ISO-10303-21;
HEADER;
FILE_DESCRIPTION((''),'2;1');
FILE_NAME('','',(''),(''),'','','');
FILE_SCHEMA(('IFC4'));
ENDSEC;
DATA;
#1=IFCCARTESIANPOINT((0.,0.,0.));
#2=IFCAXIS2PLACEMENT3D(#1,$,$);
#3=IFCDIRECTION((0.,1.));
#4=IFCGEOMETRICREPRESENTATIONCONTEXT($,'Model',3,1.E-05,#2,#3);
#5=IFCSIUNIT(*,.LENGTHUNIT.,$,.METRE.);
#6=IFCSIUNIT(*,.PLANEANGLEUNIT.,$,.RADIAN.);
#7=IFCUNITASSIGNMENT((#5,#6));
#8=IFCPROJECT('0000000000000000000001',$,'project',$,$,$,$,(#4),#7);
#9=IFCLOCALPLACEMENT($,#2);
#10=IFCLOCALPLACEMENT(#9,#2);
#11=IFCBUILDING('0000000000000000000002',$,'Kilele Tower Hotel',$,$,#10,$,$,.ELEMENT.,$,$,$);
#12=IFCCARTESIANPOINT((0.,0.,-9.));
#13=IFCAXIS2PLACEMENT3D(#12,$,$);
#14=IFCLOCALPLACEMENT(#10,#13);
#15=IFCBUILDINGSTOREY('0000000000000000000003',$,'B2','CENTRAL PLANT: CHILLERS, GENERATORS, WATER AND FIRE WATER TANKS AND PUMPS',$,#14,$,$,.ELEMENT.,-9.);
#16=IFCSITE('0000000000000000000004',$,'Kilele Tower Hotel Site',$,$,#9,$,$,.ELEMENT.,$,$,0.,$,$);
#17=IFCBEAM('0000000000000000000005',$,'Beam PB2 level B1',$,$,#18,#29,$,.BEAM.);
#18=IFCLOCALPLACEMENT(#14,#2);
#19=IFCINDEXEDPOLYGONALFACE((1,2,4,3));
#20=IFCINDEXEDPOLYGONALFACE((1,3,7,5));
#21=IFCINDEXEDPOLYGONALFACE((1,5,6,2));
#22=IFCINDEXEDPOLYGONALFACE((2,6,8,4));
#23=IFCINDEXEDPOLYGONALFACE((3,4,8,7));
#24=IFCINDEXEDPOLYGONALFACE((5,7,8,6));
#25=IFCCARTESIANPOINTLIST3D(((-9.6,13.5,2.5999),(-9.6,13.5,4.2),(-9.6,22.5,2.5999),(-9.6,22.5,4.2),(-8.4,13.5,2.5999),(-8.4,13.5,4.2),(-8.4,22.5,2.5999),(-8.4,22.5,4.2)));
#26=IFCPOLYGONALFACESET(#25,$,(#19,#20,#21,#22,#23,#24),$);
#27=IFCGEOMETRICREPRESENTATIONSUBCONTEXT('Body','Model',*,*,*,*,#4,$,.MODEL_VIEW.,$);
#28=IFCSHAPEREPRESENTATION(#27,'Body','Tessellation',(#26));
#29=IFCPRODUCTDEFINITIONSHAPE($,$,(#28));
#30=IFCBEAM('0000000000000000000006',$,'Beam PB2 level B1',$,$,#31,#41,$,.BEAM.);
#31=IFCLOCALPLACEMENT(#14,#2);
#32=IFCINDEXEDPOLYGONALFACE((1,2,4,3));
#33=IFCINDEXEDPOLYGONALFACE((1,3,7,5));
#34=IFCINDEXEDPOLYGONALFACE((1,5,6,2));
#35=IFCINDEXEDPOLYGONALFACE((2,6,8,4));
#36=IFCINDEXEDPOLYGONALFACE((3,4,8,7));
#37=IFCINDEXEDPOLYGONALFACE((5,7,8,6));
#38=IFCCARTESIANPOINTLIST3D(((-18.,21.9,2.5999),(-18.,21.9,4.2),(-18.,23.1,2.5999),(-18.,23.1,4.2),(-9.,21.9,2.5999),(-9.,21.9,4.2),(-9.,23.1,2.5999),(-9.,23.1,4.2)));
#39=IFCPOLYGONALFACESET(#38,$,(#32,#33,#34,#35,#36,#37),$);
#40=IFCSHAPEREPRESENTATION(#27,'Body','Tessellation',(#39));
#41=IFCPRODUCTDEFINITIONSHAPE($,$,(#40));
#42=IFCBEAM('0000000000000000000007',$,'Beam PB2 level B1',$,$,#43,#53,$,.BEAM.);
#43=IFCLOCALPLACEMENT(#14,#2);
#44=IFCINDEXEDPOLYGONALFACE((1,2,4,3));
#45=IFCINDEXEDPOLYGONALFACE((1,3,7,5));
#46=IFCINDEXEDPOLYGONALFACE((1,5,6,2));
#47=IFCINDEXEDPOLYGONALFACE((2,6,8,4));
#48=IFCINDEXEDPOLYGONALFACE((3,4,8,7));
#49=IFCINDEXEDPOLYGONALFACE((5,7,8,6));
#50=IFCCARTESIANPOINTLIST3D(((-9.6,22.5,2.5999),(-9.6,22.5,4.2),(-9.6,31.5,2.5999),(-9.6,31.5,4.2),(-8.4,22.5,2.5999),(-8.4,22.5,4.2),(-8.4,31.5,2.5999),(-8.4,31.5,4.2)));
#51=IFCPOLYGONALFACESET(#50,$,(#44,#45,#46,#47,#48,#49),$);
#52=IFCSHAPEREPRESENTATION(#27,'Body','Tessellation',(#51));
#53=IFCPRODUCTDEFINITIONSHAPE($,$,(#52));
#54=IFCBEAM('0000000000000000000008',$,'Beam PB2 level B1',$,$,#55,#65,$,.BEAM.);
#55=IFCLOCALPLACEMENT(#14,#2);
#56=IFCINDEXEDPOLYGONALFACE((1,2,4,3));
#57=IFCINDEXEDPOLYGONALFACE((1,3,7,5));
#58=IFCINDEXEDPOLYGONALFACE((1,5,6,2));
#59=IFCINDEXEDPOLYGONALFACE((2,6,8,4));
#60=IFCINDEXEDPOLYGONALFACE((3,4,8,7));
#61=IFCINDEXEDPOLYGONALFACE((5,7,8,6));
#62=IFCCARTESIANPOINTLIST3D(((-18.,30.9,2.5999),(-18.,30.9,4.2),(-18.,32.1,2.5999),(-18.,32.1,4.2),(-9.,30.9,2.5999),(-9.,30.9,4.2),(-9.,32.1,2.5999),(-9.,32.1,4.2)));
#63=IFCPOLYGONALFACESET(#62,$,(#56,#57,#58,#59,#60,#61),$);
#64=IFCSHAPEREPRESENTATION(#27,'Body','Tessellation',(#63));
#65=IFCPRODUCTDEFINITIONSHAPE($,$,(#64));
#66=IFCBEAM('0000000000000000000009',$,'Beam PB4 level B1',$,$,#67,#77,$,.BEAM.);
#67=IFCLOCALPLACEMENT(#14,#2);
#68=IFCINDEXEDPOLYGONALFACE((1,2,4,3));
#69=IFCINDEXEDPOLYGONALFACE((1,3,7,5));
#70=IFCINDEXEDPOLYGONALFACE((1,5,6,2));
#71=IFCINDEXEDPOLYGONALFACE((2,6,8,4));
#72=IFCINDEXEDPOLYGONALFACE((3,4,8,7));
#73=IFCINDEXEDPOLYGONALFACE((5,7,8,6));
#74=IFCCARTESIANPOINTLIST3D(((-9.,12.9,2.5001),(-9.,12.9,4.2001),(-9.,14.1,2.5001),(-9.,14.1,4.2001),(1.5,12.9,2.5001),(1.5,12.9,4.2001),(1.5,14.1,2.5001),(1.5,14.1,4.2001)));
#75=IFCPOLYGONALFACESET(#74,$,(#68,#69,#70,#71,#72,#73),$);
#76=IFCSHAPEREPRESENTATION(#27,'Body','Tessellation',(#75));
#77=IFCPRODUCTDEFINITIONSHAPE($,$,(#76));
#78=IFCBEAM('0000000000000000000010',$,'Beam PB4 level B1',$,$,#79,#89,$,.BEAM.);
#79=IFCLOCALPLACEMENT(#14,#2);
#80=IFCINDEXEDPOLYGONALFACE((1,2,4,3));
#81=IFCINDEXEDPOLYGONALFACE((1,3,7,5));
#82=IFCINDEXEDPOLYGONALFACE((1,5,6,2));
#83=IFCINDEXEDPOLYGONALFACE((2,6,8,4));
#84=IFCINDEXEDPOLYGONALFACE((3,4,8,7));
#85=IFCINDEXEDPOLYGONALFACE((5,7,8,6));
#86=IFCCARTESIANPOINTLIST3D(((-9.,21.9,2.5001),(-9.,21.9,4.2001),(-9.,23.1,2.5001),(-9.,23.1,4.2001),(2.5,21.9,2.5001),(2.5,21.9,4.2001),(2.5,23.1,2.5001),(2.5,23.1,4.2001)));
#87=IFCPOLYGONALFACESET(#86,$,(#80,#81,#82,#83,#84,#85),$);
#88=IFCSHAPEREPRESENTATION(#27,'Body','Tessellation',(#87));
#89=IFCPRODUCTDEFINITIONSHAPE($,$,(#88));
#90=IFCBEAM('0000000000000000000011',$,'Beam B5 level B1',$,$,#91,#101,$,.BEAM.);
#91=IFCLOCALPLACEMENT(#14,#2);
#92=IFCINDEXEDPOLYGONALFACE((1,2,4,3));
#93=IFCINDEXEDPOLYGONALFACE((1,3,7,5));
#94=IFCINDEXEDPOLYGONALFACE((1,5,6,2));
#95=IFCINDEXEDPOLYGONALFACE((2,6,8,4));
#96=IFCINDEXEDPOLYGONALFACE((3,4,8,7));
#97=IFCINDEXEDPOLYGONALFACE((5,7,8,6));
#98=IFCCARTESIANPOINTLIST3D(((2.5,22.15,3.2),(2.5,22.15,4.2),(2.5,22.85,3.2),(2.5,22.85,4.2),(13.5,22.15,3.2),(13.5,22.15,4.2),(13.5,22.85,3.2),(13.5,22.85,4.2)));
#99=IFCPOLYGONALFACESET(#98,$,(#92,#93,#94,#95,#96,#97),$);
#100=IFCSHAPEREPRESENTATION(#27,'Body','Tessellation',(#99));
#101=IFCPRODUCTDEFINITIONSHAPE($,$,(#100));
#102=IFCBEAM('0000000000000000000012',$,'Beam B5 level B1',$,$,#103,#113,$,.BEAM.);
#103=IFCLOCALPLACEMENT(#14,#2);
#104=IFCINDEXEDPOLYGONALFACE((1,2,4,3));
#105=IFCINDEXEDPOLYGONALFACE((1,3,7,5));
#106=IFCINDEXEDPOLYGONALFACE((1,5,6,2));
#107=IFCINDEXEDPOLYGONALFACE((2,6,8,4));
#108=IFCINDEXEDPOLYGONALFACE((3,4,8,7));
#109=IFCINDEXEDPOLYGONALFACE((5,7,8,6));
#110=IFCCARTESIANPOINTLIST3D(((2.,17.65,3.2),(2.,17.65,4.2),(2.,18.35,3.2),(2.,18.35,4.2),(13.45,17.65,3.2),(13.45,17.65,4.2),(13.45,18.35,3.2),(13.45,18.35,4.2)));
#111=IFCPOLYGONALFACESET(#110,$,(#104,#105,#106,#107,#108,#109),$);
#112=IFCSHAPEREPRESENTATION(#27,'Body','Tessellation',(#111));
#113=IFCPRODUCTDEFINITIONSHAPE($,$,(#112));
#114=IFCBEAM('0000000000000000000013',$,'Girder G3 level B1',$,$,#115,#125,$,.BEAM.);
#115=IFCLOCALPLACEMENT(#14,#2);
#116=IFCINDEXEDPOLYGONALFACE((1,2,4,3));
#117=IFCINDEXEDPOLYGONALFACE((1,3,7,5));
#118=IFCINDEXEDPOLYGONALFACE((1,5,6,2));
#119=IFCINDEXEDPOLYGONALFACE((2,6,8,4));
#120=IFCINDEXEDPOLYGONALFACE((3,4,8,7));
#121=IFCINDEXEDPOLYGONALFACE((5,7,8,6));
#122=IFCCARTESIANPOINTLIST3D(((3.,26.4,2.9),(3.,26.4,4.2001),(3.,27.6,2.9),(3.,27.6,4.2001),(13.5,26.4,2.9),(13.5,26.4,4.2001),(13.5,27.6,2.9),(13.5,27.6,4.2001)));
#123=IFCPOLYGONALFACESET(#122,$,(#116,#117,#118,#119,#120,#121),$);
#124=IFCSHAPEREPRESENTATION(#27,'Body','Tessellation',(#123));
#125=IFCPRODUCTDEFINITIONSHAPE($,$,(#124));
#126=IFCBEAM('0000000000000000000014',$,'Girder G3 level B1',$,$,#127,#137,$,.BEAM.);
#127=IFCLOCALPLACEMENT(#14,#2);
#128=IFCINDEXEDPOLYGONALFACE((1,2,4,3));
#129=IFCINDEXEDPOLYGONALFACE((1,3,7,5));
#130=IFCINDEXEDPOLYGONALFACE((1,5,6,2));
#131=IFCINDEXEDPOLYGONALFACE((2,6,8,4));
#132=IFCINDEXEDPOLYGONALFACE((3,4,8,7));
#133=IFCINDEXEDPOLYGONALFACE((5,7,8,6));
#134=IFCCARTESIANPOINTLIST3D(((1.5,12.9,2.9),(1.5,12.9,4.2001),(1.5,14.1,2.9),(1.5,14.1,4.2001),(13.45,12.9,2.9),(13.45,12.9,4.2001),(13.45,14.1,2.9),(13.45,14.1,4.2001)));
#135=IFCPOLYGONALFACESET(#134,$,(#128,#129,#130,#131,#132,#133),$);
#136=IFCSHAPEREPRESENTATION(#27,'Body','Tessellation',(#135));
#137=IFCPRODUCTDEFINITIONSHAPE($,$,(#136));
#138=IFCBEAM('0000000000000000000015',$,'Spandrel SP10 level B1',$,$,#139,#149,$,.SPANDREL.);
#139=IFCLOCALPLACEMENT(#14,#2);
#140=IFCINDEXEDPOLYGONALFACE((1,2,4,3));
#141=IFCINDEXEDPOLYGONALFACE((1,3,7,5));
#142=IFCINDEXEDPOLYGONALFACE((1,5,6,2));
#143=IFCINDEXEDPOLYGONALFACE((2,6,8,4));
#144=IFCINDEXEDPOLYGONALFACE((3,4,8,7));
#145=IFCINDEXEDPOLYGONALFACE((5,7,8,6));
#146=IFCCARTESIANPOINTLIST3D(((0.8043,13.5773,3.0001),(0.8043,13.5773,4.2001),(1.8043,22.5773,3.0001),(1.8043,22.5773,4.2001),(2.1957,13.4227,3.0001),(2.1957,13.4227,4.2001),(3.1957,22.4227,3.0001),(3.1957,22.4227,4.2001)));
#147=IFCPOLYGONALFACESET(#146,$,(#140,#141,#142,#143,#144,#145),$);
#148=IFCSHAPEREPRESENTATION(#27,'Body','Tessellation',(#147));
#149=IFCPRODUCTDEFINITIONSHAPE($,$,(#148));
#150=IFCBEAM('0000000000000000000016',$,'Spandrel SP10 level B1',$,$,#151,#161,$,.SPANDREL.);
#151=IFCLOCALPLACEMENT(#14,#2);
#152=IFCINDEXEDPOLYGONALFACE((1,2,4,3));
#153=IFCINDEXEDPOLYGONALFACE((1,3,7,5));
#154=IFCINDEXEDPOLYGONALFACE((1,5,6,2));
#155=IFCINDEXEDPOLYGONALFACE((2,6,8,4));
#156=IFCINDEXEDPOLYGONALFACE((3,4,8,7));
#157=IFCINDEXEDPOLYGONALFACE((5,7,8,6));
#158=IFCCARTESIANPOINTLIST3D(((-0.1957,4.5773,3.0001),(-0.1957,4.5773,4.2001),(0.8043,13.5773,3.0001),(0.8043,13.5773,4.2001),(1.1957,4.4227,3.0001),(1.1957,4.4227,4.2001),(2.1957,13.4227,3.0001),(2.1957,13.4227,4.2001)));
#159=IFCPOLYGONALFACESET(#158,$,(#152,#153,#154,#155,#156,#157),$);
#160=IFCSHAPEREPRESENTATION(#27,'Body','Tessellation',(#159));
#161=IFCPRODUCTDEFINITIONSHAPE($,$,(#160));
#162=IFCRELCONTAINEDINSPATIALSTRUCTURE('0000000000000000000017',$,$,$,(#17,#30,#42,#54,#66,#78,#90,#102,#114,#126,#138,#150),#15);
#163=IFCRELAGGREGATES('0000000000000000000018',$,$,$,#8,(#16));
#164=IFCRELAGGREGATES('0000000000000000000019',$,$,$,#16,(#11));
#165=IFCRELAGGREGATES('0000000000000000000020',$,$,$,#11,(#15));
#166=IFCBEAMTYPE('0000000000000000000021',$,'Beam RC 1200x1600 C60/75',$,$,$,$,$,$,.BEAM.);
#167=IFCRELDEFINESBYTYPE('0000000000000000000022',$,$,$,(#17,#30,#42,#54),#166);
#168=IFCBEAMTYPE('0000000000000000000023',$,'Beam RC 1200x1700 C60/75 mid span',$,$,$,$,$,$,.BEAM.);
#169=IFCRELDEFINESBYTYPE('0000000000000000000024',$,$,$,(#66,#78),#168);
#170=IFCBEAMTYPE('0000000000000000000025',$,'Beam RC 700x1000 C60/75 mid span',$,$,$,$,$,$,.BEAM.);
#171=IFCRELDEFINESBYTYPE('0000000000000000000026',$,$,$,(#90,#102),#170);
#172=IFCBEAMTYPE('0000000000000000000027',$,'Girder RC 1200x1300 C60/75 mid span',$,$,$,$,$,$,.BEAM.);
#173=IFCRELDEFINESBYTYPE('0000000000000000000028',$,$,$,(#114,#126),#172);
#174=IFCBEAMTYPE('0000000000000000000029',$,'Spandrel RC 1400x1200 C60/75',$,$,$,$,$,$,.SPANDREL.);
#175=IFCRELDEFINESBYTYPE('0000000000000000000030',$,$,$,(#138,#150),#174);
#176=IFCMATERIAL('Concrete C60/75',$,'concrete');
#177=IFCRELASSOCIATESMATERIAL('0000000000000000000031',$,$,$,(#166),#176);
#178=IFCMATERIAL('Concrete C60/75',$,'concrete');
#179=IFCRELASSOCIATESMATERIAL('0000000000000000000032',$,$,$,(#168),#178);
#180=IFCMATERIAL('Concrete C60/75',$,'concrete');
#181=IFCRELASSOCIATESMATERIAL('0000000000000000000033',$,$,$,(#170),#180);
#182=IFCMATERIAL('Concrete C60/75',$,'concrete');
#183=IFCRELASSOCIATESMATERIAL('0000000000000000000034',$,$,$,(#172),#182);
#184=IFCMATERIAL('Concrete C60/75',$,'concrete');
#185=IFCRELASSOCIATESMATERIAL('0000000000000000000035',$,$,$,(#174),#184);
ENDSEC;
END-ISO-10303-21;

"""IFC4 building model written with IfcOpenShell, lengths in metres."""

from ifc_helpers import new_model, si_unit, direction, frame, origin, origin_2d, place, context, subcontext, project, spatial, rectangle, extrude, material, material_profile, profile_set, type_object, element, save


model = new_model("IFC4")

# Units and contexts
model_context = context("Model", 3, precision=1e-05, world=origin(), true_north=direction((0.0, 1.0)))
body_context = subcontext(model_context, "Body", "Model", "MODEL_VIEW")
ifc_project = project(units=[si_unit("LENGTHUNIT", "METRE"), si_unit("PLANEANGLEUNIT", "RADIAN")], contexts=[model_context])

# Site, building, storey
site_placement = place(None, origin())
site = spatial("IfcSite", under=ifc_project, at=site_placement, Name="Kilele Tower Hotel Site", CompositionType="ELEMENT", RefElevation=0.0)
building_placement = place(site_placement, origin())
building = spatial("IfcBuilding", under=site, at=building_placement, Name="Kilele Tower Hotel", CompositionType="ELEMENT")
storey_placement = place(building_placement, frame((0.0, 0.0, -9.0)))
storey = spatial("IfcBuildingStorey", under=building, at=storey_placement, Name="B2", Description="CENTRAL PLANT: CHILLERS, GENERATORS, WATER AND FIRE WATER TANKS AND PUMPS", CompositionType="ELEMENT", Elevation=-9.0)

# Beams
ifc_material_1 = material(Name="Concrete C60/75", Category="concrete")
ifc_material_profile_1 = material_profile(ifc_material_1, rectangle(XDim=1.2, YDim=1.6001, at=origin_2d()))
ifc_profile_set_1 = profile_set([ifc_material_profile_1], Name="Concrete C60/75")
beam_type_1 = type_object("IfcBeamType", Name="Beam RC 1200x1600 C60/75", PredefinedType="BEAM", material=ifc_profile_set_1)
for number, where, z_axis, x_axis, name in (
    (1, (-9.0, 13.5, 3.3999), (0.0, 1.0, 0.0), (-1.0, 0.0, 0.0), "Beam PB2 level B1"),
    (2, (-18.0, 22.5, 3.3999), (1.0, 0.0, 0.0), (0.0, 1.0, 0.0), "Beam PB2 level B1"),
    (3, (-9.0, 22.5, 3.3999), (0.0, 1.0, 0.0), (-1.0, 0.0, 0.0), "Beam PB2 level B1"),
    (4, (-18.0, 31.5, 3.3999), (1.0, 0.0, 0.0), (0.0, 1.0, 0.0), "Beam PB2 level B1"),
):
    element("IfcBeam", number, at=place(storey_placement, frame(where, z_axis=z_axis, x_axis=x_axis)), inside=storey, type_object=beam_type_1, Name=name, PredefinedType="BEAM", context=body_context, shape_type="SweptSolid", body=[
        extrude(rectangle(XDim=1.2, YDim=1.6001, at=origin_2d()), origin(), (0.0, 0.0, 1.0), 9.0),
    ])
ifc_material_2 = material(Name="Concrete C60/75", Category="concrete")
ifc_material_profile_2 = material_profile(ifc_material_2, rectangle(XDim=1.2, YDim=1.7, at=origin_2d()))
ifc_profile_set_2 = profile_set([ifc_material_profile_2], Name="Concrete C60/75")
beam_type_2 = type_object("IfcBeamType", Name="Beam RC 1200x1700 C60/75 mid span", PredefinedType="BEAM", material=ifc_profile_set_2)
beam_1_placement = place(storey_placement, frame((-9.0, 13.5, 3.3501), z_axis=(1.0, 0.0, 0.0), x_axis=(0.0, 1.0, 0.0)))
element("IfcBeam", 5, at=beam_1_placement, inside=storey, type_object=beam_type_2, Name="Beam PB4 level B1", PredefinedType="BEAM", context=body_context, shape_type="SweptSolid", body=[
    extrude(rectangle(XDim=1.2, YDim=1.7, at=origin_2d()), origin(), (0.0, 0.0, 1.0), 10.5),
])
beam_2_placement = place(storey_placement, frame((-9.0, 22.5, 3.3501), z_axis=(1.0, 0.0, 0.0), x_axis=(0.0, 1.0, 0.0)))
element("IfcBeam", 6, at=beam_2_placement, inside=storey, type_object=beam_type_2, Name="Beam PB4 level B1", PredefinedType="BEAM", context=body_context, shape_type="SweptSolid", body=[
    extrude(rectangle(XDim=1.2, YDim=1.7, at=origin_2d()), origin(), (0.0, 0.0, 1.0), 11.5),
])
ifc_material_3 = material(Name="Concrete C60/75", Category="concrete")
ifc_material_profile_3 = material_profile(ifc_material_3, rectangle(XDim=0.7, YDim=1.0, at=origin_2d()))
ifc_profile_set_3 = profile_set([ifc_material_profile_3], Name="Concrete C60/75")
beam_type_3 = type_object("IfcBeamType", Name="Beam RC 700x1000 C60/75 mid span", PredefinedType="BEAM", material=ifc_profile_set_3)
beam_3_placement = place(storey_placement, frame((2.5, 22.5, 3.7), z_axis=(1.0, 0.0, 0.0), x_axis=(0.0, 1.0, 0.0)))
element("IfcBeam", 7, at=beam_3_placement, inside=storey, type_object=beam_type_3, Name="Beam B5 level B1", PredefinedType="BEAM", context=body_context, shape_type="SweptSolid", body=[
    extrude(rectangle(XDim=0.7, YDim=1.0, at=origin_2d()), origin(), (0.0, 0.0, 1.0), 11.0),
])
beam_4_placement = place(storey_placement, frame((2.0, 18.0, 3.7), z_axis=(1.0, 0.0, 0.0), x_axis=(0.0, 1.0, 0.0)))
element("IfcBeam", 8, at=beam_4_placement, inside=storey, type_object=beam_type_3, Name="Beam B5 level B1", PredefinedType="BEAM", context=body_context, shape_type="SweptSolid", body=[
    extrude(rectangle(XDim=0.7, YDim=1.0, at=origin_2d()), origin(), (0.0, 0.0, 1.0), 11.45),
])
ifc_material_4 = material(Name="Concrete C60/75", Category="concrete")
ifc_material_profile_4 = material_profile(ifc_material_4, rectangle(XDim=1.2, YDim=1.3, at=origin_2d()))
ifc_profile_set_4 = profile_set([ifc_material_profile_4], Name="Concrete C60/75")
beam_type_4 = type_object("IfcBeamType", Name="Girder RC 1200x1300 C60/75 mid span", PredefinedType="BEAM", material=ifc_profile_set_4)
beam_5_placement = place(storey_placement, frame((3.0, 27.0, 3.55), z_axis=(1.0, 0.0, 0.0), x_axis=(0.0, 1.0, 0.0)))
element("IfcBeam", 9, at=beam_5_placement, inside=storey, type_object=beam_type_4, Name="Girder G3 level B1", PredefinedType="BEAM", context=body_context, shape_type="SweptSolid", body=[
    extrude(rectangle(XDim=1.2, YDim=1.3, at=origin_2d()), origin(), (0.0, 0.0, 1.0), 10.5),
])
beam_6_placement = place(storey_placement, frame((1.5, 13.5, 3.55), z_axis=(1.0, 0.0, 0.0), x_axis=(0.0, 1.0, 0.0)))
element("IfcBeam", 10, at=beam_6_placement, inside=storey, type_object=beam_type_4, Name="Girder G3 level B1", PredefinedType="BEAM", context=body_context, shape_type="SweptSolid", body=[
    extrude(rectangle(XDim=1.2, YDim=1.3, at=origin_2d()), origin(), (0.0, 0.0, 1.0), 11.95),
])
ifc_material_5 = material(Name="Concrete C60/75", Category="concrete")
ifc_material_profile_5 = material_profile(ifc_material_5, rectangle(XDim=1.3999, YDim=1.2, at=origin_2d()))
ifc_profile_set_5 = profile_set([ifc_material_profile_5], Name="Concrete C60/75")
beam_type_5 = type_object("IfcBeamType", Name="Spandrel RC 1400x1200 C60/75", PredefinedType="SPANDREL", material=ifc_profile_set_5)
for number, where, z_axis, x_axis, name in (
    (11, (2.5, 22.5, 3.6001), (-0.110432, -0.993884, 0.0), (0.993884, -0.110432, 0.0), "Spandrel SP10 level B1"),
    (12, (1.5, 13.5, 3.6001), (-0.110432, -0.993884, 0.0), (0.993884, -0.110432, 0.0), "Spandrel SP10 level B1"),
):
    element("IfcBeam", number, at=place(storey_placement, frame(where, z_axis=z_axis, x_axis=x_axis)), inside=storey, type_object=beam_type_5, Name=name, PredefinedType="SPANDREL", context=body_context, shape_type="SweptSolid", body=[
        extrude(rectangle(XDim=1.3999, YDim=1.2, at=origin_2d()), origin(), (0.0, 0.0, 1.0), 9.0554),
    ])

save(model, "model.ifc")
